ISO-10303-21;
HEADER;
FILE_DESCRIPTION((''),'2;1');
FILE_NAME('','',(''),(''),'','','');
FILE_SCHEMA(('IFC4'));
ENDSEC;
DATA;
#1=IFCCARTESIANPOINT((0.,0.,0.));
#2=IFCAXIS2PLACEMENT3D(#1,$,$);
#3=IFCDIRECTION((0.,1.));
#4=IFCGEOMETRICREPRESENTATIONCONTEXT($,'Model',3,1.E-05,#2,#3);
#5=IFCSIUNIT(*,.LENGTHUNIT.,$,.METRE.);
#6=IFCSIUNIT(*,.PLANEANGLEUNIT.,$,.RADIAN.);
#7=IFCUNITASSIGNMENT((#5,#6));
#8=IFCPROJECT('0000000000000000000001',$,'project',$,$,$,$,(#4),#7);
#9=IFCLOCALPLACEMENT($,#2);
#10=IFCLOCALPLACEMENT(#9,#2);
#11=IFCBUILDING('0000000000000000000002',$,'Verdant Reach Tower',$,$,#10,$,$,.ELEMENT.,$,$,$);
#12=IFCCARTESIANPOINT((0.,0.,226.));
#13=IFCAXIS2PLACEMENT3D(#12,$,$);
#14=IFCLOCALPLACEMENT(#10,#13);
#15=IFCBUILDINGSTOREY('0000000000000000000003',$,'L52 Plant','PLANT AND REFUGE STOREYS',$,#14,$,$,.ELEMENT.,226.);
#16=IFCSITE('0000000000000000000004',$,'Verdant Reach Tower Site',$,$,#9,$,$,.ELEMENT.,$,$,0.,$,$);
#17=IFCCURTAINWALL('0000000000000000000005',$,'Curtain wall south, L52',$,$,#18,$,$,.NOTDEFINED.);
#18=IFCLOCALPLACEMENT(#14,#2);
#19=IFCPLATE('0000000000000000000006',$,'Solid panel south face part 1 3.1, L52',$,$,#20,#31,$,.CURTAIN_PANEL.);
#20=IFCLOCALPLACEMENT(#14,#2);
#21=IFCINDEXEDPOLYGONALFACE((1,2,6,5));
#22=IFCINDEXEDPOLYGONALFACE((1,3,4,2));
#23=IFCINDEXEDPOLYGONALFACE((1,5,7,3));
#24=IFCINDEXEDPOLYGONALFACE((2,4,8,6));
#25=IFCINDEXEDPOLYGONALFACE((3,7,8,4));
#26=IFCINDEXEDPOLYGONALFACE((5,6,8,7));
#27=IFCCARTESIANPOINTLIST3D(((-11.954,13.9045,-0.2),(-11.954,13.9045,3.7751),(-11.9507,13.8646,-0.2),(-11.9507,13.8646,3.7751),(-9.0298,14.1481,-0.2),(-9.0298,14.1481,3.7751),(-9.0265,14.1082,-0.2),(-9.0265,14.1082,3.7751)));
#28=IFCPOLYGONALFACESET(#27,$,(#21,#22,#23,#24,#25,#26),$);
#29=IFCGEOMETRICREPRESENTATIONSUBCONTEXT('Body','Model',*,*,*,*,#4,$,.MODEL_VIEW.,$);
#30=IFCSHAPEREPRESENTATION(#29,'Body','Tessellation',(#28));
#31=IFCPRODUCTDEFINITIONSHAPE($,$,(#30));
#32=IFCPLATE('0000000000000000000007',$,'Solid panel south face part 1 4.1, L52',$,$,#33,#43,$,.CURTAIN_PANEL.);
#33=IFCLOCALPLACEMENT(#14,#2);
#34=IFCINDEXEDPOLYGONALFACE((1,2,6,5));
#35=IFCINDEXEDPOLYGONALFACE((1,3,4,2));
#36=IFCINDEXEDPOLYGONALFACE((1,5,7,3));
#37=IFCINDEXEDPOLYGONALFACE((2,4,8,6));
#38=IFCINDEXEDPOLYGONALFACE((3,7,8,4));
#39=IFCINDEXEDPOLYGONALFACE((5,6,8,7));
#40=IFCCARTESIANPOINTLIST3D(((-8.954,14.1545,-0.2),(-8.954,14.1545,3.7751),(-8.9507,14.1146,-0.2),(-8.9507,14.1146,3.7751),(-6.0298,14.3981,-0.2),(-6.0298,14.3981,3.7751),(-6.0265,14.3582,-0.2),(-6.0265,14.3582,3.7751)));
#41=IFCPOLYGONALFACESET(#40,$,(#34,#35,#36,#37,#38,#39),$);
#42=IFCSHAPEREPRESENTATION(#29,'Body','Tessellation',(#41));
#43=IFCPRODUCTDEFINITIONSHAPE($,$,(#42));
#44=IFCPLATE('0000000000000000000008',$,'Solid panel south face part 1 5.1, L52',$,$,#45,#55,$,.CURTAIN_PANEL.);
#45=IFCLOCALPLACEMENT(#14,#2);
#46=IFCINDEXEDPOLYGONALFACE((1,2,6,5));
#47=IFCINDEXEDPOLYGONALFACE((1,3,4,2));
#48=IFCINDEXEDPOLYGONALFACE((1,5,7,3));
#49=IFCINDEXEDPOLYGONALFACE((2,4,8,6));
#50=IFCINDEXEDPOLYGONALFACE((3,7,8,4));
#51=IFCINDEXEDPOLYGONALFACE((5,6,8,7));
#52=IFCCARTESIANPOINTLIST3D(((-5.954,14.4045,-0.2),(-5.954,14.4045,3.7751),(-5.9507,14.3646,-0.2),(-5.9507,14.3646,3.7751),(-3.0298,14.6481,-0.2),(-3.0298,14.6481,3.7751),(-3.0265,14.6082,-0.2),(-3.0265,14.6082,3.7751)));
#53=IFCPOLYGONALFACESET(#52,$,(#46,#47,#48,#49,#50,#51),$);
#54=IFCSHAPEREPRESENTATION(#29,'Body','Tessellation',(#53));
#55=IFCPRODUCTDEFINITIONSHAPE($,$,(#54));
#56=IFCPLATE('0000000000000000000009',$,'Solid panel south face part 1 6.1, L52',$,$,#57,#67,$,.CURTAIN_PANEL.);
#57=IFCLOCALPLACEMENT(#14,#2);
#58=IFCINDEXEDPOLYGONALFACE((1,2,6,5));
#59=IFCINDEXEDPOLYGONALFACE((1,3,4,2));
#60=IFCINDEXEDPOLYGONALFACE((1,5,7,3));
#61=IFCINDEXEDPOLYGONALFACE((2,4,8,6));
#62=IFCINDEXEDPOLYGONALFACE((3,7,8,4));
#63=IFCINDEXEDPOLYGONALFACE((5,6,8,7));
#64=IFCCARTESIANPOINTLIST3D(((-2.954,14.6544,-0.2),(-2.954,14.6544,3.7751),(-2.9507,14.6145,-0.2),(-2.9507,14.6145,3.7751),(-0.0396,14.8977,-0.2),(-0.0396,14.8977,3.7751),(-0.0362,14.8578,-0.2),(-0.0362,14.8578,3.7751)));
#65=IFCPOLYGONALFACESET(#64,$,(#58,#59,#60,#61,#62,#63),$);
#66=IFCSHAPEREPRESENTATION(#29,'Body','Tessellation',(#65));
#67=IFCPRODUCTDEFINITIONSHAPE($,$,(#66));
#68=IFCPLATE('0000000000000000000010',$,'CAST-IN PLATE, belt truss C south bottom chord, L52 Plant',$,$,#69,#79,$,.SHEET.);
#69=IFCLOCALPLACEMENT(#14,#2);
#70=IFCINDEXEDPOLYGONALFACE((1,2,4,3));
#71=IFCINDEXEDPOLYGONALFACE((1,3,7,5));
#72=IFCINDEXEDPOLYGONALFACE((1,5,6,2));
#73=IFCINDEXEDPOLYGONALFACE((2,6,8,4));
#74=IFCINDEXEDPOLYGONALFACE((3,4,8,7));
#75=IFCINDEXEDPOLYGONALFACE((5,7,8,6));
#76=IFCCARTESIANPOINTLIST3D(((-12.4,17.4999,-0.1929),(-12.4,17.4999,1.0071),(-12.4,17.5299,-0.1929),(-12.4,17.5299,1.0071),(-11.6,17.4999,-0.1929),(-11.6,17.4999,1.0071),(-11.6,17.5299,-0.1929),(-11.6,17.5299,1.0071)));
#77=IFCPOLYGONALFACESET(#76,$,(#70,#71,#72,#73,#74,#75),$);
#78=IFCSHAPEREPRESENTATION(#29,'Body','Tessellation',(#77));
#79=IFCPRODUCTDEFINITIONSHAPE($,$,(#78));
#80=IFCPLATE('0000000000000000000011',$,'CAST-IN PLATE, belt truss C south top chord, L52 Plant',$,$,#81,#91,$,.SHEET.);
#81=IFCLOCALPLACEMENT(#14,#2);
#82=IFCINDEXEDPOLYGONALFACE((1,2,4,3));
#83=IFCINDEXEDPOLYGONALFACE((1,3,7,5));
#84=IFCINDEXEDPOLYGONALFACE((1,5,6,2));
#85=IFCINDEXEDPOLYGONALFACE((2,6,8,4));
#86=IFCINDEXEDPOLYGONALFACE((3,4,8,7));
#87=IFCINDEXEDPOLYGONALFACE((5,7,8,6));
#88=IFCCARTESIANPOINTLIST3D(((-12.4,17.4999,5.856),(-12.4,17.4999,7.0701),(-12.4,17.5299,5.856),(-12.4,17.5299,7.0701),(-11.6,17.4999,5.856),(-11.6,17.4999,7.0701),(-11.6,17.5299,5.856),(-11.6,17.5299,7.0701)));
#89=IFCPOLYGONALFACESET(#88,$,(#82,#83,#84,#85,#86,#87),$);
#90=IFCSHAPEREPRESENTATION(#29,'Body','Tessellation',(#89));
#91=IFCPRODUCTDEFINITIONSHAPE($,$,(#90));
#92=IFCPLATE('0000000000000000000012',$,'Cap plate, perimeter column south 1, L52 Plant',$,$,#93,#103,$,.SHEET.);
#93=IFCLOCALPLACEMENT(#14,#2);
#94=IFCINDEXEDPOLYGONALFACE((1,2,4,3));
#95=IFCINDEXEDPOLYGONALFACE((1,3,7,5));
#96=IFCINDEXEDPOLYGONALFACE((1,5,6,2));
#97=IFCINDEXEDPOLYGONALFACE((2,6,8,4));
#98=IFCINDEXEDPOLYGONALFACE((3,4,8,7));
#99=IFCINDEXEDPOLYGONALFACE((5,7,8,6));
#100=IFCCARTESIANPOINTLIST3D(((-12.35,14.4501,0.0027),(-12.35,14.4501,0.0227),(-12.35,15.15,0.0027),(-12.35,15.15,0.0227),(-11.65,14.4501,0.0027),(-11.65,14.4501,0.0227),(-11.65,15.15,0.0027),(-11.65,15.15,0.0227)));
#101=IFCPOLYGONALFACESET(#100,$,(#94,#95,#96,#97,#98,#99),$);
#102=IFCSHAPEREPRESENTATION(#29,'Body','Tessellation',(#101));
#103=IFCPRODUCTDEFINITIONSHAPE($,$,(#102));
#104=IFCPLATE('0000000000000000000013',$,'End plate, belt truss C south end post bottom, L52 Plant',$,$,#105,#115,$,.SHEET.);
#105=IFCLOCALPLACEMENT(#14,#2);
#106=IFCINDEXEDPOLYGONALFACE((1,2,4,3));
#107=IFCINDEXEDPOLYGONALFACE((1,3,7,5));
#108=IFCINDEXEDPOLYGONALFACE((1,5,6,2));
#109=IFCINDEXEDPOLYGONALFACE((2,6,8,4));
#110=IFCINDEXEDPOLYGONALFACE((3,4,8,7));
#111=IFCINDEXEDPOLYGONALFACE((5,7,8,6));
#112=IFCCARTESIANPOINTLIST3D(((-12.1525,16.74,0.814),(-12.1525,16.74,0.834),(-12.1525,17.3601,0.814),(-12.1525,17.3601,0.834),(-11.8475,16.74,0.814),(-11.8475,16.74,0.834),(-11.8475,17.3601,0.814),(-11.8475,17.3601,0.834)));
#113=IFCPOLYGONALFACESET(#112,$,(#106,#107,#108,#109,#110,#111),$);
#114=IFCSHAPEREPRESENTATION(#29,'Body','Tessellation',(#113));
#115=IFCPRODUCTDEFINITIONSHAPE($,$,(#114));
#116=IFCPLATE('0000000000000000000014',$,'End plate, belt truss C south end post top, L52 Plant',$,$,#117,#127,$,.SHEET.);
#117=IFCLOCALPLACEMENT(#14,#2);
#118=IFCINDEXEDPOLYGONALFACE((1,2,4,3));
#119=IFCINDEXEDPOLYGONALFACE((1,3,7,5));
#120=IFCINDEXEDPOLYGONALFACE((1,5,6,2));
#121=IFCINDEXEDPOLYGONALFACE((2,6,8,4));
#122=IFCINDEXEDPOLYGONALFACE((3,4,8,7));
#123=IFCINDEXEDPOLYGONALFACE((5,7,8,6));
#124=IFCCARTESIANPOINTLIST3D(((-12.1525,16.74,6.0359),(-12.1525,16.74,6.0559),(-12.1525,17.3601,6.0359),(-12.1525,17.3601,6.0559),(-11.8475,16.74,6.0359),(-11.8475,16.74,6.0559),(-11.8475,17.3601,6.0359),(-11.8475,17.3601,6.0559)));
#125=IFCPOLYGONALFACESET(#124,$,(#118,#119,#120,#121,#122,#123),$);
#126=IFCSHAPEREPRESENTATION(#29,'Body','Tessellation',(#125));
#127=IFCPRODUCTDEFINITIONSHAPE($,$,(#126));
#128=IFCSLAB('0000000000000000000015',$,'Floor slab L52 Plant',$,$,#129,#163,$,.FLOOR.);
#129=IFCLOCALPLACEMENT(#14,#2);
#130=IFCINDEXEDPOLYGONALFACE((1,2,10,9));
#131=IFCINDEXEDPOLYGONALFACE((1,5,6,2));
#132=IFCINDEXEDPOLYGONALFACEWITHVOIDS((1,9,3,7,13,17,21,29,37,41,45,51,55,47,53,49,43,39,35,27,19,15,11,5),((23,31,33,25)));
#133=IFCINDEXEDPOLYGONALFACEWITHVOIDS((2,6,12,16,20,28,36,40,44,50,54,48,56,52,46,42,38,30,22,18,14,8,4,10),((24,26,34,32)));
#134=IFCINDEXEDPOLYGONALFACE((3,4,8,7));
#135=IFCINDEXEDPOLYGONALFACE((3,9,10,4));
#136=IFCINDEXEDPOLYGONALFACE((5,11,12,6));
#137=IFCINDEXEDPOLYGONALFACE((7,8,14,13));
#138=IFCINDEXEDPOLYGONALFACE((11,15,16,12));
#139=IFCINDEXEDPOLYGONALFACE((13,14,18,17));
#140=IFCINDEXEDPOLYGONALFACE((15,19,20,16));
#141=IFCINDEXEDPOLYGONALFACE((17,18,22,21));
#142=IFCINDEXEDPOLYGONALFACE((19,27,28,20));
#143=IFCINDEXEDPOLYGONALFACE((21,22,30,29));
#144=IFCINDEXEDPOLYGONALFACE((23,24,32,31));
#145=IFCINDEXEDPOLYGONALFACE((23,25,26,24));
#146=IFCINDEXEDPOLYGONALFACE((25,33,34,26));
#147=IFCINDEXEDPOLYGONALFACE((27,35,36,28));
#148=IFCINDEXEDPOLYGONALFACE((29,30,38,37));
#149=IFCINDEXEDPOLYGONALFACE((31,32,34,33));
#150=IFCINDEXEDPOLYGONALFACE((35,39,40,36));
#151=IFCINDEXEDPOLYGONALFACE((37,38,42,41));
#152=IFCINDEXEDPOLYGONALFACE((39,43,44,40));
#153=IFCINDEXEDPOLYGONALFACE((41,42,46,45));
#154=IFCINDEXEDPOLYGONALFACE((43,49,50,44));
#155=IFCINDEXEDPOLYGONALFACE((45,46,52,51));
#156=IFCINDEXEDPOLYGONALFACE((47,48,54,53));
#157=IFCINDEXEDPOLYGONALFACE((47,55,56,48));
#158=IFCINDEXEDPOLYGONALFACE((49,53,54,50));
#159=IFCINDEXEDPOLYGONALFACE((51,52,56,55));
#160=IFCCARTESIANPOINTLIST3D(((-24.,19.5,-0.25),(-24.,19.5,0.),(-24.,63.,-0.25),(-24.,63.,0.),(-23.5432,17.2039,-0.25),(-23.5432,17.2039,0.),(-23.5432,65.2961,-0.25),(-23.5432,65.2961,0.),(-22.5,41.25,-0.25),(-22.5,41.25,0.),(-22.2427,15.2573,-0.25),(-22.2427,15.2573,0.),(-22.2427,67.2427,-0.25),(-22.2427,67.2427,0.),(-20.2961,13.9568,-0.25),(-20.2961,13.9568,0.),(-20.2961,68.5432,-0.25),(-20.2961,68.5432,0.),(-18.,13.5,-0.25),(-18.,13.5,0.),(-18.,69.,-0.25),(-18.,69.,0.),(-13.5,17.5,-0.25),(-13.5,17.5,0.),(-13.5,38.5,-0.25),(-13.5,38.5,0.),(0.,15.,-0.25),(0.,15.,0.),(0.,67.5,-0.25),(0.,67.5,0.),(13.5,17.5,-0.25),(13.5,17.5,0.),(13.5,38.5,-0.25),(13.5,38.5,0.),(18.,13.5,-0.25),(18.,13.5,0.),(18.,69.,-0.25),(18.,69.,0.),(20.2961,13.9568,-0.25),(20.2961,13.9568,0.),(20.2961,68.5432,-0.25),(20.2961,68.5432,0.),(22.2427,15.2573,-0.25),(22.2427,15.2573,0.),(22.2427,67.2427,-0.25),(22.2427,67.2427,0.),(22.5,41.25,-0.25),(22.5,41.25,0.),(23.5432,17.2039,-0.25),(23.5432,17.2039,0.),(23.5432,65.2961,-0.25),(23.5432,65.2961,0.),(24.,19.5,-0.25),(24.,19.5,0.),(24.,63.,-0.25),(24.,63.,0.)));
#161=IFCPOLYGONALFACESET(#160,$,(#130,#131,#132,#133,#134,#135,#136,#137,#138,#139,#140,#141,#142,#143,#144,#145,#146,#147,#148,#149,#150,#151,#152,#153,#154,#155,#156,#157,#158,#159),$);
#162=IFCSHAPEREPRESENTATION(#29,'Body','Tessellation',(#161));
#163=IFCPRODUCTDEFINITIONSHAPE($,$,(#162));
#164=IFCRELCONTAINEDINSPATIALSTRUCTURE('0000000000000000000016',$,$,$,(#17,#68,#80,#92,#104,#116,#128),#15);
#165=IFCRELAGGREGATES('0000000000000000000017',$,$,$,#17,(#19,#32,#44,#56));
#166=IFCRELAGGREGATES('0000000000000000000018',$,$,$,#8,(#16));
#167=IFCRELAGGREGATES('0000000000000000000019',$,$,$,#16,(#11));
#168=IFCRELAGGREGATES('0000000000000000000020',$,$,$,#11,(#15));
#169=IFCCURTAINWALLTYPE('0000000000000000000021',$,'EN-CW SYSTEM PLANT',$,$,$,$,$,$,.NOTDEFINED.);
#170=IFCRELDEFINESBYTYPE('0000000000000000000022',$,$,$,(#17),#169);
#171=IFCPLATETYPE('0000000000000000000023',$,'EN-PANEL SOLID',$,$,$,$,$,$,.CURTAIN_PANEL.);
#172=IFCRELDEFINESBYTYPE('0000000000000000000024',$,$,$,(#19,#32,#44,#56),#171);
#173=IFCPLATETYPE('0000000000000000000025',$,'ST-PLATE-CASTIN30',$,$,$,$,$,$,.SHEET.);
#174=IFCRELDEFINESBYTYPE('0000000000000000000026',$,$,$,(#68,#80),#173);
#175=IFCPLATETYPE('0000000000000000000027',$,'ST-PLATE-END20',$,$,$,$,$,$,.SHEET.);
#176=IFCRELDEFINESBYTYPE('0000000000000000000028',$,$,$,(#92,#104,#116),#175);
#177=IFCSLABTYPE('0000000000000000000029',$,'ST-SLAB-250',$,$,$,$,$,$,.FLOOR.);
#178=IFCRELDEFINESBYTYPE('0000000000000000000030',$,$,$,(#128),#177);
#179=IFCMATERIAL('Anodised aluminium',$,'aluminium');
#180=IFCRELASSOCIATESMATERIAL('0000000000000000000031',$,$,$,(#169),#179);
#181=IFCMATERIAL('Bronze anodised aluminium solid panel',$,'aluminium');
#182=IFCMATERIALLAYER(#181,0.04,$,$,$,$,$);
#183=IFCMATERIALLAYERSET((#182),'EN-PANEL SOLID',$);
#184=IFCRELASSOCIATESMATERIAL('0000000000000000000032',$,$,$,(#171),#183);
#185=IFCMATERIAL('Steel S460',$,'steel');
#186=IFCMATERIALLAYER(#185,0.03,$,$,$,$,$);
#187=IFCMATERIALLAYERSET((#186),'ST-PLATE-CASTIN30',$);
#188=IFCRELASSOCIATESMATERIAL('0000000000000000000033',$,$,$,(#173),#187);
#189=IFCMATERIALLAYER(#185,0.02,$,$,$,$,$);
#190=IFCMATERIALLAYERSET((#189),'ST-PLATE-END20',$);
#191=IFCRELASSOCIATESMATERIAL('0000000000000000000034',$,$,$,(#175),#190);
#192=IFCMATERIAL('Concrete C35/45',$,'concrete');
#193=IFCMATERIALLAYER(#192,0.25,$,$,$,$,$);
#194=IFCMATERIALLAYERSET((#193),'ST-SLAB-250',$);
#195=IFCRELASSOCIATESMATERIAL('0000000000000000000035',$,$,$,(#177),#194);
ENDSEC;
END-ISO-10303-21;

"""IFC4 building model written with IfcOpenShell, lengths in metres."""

from ifc_helpers import new_model, si_unit, direction, frame, origin, origin_2d, place, context, subcontext, project, spatial, polyline, rectangle, outline, extrude, material, layer, layer_set, type_object, element, aggregate, save


model = new_model("IFC4")

# Units and contexts
model_context = context("Model", 3, precision=1e-05, world=origin(), true_north=direction((0.0, 1.0)))
body_context = subcontext(model_context, "Body", "Model", "MODEL_VIEW")
ifc_project = project(units=[si_unit("LENGTHUNIT", "METRE"), si_unit("PLANEANGLEUNIT", "RADIAN")], contexts=[model_context])

# Site, building, storey
site_placement = place(None, origin())
site = spatial("IfcSite", under=ifc_project, at=site_placement, Name="Verdant Reach Tower Site", CompositionType="ELEMENT", RefElevation=0.0)
building_placement = place(site_placement, origin())
building = spatial("IfcBuilding", under=site, at=building_placement, Name="Verdant Reach Tower", CompositionType="ELEMENT")
storey_placement = place(building_placement, frame((0.0, 0.0, 226.0)))
storey = spatial("IfcBuildingStorey", under=building, at=storey_placement, Name="L52 Plant", Description="PLANT AND REFUGE STOREYS", CompositionType="ELEMENT", Elevation=226.0)

# Shared definitions
ifc_material_1 = material(Name="Steel S460", Category="steel")

# Curtain wall
ifc_material_2 = material(Name="Anodised aluminium", Category="aluminium")
curtain_wall_type = type_object("IfcCurtainWallType", Name="EN-CW SYSTEM PLANT", PredefinedType="NOTDEFINED", material=ifc_material_2)
curtain_wall_placement = place(storey_placement, origin())
curtain_wall = element("IfcCurtainWall", 1, at=curtain_wall_placement, inside=storey, type_object=curtain_wall_type, Name="Curtain wall south, L52", PredefinedType="NOTDEFINED")

# Plates
ifc_material_3 = material(Name="Bronze anodised aluminium solid panel", Category="aluminium")
ifc_layer_1 = layer(ifc_material_3, 0.04)
ifc_layer_set_1 = layer_set([ifc_layer_1], Name="EN-PANEL SOLID")
plate_type_1 = type_object("IfcPlateType", Name="EN-PANEL SOLID", PredefinedType="CURTAIN_PANEL", material=ifc_layer_set_1)
plate_1_placement = place(storey_placement, frame((-10.4902, 14.0063, -0.2), z_axis=(0.0, 0.0, 1.0), x_axis=(0.996546, 0.083045, 0.0)))
plate_1 = element("IfcPlate", 2, at=plate_1_placement, type_object=plate_type_1, Name="Solid panel south face part 1 3.1, L52", PredefinedType="CURTAIN_PANEL", context=body_context, shape_type="SweptSolid", body=[
    extrude(rectangle(XDim=2.9343, YDim=0.04, at=origin_2d()), origin(), (0.0, 0.0, 1.0), 3.9751),
])
plate_2_placement = place(storey_placement, frame((-7.4902, 14.2563, -0.2), z_axis=(0.0, 0.0, 1.0), x_axis=(0.996546, 0.083045, 0.0)))
plate_2 = element("IfcPlate", 3, at=plate_2_placement, type_object=plate_type_1, Name="Solid panel south face part 1 4.1, L52", PredefinedType="CURTAIN_PANEL", context=body_context, shape_type="SweptSolid", body=[
    extrude(rectangle(XDim=2.9343, YDim=0.04, at=origin_2d()), origin(), (0.0, 0.0, 1.0), 3.9751),
])
plate_3_placement = place(storey_placement, frame((-4.4902, 14.5063, -0.2), z_axis=(0.0, 0.0, 1.0), x_axis=(0.996546, 0.083045, 0.0)))
plate_3 = element("IfcPlate", 4, at=plate_3_placement, type_object=plate_type_1, Name="Solid panel south face part 1 5.1, L52", PredefinedType="CURTAIN_PANEL", context=body_context, shape_type="SweptSolid", body=[
    extrude(rectangle(XDim=2.9343, YDim=0.04, at=origin_2d()), origin(), (0.0, 0.0, 1.0), 3.9751),
])
plate_4_placement = place(storey_placement, frame((-1.4951, 14.7561, -0.2), z_axis=(0.0, 0.0, 1.0), x_axis=(0.996534, 0.083182, 0.0)))
plate_4 = element("IfcPlate", 5, at=plate_4_placement, type_object=plate_type_1, Name="Solid panel south face part 1 6.1, L52", PredefinedType="CURTAIN_PANEL", context=body_context, shape_type="SweptSolid", body=[
    extrude(rectangle(XDim=2.9246, YDim=0.04, at=origin_2d()), origin(), (0.0, 0.0, 1.0), 3.9751),
])

# Plates
ifc_layer_2 = layer(ifc_material_1, 0.03)
ifc_layer_set_2 = layer_set([ifc_layer_2], Name="ST-PLATE-CASTIN30")
plate_type_2 = type_object("IfcPlateType", Name="ST-PLATE-CASTIN30", PredefinedType="SHEET", material=ifc_layer_set_2)
plate_5_placement = place(storey_placement, frame((-12.0, 17.5149, -0.1929), z_axis=(0.0, 0.0, 1.0), x_axis=(1.0, 0.0, 0.0)))
element("IfcPlate", 6, at=plate_5_placement, inside=storey, type_object=plate_type_2, Name="CAST-IN PLATE, belt truss C south bottom chord, L52 Plant", PredefinedType="SHEET", context=body_context, shape_type="SweptSolid", body=[
    extrude(rectangle(XDim=0.8, YDim=0.03, at=origin_2d()), origin(), (0.0, 0.0, 1.0), 1.2),
])
plate_6_placement = place(storey_placement, frame((-12.0, 17.5149, 5.856), z_axis=(0.0, 0.0, 1.0), x_axis=(1.0, 0.0, 0.0)))
element("IfcPlate", 7, at=plate_6_placement, inside=storey, type_object=plate_type_2, Name="CAST-IN PLATE, belt truss C south top chord, L52 Plant", PredefinedType="SHEET", context=body_context, shape_type="SweptSolid", body=[
    extrude(rectangle(XDim=0.8, YDim=0.03, at=origin_2d()), origin(), (0.0, 0.0, 1.0), 1.2141),
])
ifc_layer_3 = layer(ifc_material_1, 0.02)
ifc_layer_set_3 = layer_set([ifc_layer_3], Name="ST-PLATE-END20")
plate_type_3 = type_object("IfcPlateType", Name="ST-PLATE-END20", PredefinedType="SHEET", material=ifc_layer_set_3)
plate_7_placement = place(storey_placement, frame((-12.0, 14.8, 0.0027), z_axis=(0.0, 0.0, 1.0), x_axis=(1.0, 0.0, 0.0)))
element("IfcPlate", 8, at=plate_7_placement, inside=storey, type_object=plate_type_3, Name="Cap plate, perimeter column south 1, L52 Plant", PredefinedType="SHEET", context=body_context, shape_type="SweptSolid", body=[
    extrude(rectangle(XDim=0.7, YDim=0.7, at=origin_2d()), origin(), (0.0, 0.0, 1.0), 0.02),
])
for number, where, z_axis, x_axis, name in (
    (9, (-12.0, 17.05, 0.814), (0.0, 0.0, 1.0), (1.0, 0.0, 0.0), "End plate, belt truss C south end post bottom, L52 Plant"),
    (10, (-12.0, 17.05, 6.0359), (0.0, 0.0, 1.0), (1.0, 0.0, 0.0), "End plate, belt truss C south end post top, L52 Plant"),
):
    element("IfcPlate", number, at=place(storey_placement, frame(where, z_axis=z_axis, x_axis=x_axis)), inside=storey, type_object=plate_type_3, Name=name, PredefinedType="SHEET", context=body_context, shape_type="SweptSolid", body=[
        extrude(rectangle(XDim=0.3049, YDim=0.6201, at=origin_2d()), origin(), (0.0, 0.0, 1.0), 0.02),
    ])

# Slab
ifc_material_4 = material(Name="Concrete C35/45", Category="concrete")
ifc_layer_4 = layer(ifc_material_4, 0.25)
ifc_layer_set_4 = layer_set([ifc_layer_4], Name="ST-SLAB-250")
slab_type_1 = type_object("IfcSlabType", Name="ST-SLAB-250", PredefinedType="FLOOR", material=ifc_layer_set_4)
slab_1_placement = place(storey_placement, frame((0.0, 0.0, -0.25)))
element("IfcSlab", 11, at=slab_1_placement, inside=storey, type_object=slab_type_1, Name="Floor slab L52 Plant", PredefinedType="FLOOR", context=body_context, shape_type="SweptSolid", body=[
    extrude(outline(polyline([(0.0, 15.0), (-18.0, 13.5), (-20.2961, 13.9568), (-22.2427, 15.2573), (-23.5432, 17.2039), (-24.0, 19.5), (-22.5, 41.25), (-24.0, 63.0), (-23.5432, 65.2961), (-22.2427, 67.2427), (-20.2961, 68.5432), (-18.0, 69.0), (0.0, 67.5), (18.0, 69.0), (20.2961, 68.5432), (22.2427, 67.2427), (23.5432, 65.2961), (24.0, 63.0), (22.5, 41.25), (24.0, 19.5), (23.5432, 17.2039), (22.2427, 15.2573), (20.2961, 13.9568), (18.0, 13.5), (0.0, 15.0)]), holes=[polyline([(13.5, 38.5), (-13.5, 38.5), (-13.5, 17.5), (13.5, 17.5), (13.5, 38.5)])]), origin(), (0.0, 0.0, 1.0), 0.25),
])

aggregate(curtain_wall, [plate_1, plate_2, plate_3, plate_4])

save(model, "model.ifc")
